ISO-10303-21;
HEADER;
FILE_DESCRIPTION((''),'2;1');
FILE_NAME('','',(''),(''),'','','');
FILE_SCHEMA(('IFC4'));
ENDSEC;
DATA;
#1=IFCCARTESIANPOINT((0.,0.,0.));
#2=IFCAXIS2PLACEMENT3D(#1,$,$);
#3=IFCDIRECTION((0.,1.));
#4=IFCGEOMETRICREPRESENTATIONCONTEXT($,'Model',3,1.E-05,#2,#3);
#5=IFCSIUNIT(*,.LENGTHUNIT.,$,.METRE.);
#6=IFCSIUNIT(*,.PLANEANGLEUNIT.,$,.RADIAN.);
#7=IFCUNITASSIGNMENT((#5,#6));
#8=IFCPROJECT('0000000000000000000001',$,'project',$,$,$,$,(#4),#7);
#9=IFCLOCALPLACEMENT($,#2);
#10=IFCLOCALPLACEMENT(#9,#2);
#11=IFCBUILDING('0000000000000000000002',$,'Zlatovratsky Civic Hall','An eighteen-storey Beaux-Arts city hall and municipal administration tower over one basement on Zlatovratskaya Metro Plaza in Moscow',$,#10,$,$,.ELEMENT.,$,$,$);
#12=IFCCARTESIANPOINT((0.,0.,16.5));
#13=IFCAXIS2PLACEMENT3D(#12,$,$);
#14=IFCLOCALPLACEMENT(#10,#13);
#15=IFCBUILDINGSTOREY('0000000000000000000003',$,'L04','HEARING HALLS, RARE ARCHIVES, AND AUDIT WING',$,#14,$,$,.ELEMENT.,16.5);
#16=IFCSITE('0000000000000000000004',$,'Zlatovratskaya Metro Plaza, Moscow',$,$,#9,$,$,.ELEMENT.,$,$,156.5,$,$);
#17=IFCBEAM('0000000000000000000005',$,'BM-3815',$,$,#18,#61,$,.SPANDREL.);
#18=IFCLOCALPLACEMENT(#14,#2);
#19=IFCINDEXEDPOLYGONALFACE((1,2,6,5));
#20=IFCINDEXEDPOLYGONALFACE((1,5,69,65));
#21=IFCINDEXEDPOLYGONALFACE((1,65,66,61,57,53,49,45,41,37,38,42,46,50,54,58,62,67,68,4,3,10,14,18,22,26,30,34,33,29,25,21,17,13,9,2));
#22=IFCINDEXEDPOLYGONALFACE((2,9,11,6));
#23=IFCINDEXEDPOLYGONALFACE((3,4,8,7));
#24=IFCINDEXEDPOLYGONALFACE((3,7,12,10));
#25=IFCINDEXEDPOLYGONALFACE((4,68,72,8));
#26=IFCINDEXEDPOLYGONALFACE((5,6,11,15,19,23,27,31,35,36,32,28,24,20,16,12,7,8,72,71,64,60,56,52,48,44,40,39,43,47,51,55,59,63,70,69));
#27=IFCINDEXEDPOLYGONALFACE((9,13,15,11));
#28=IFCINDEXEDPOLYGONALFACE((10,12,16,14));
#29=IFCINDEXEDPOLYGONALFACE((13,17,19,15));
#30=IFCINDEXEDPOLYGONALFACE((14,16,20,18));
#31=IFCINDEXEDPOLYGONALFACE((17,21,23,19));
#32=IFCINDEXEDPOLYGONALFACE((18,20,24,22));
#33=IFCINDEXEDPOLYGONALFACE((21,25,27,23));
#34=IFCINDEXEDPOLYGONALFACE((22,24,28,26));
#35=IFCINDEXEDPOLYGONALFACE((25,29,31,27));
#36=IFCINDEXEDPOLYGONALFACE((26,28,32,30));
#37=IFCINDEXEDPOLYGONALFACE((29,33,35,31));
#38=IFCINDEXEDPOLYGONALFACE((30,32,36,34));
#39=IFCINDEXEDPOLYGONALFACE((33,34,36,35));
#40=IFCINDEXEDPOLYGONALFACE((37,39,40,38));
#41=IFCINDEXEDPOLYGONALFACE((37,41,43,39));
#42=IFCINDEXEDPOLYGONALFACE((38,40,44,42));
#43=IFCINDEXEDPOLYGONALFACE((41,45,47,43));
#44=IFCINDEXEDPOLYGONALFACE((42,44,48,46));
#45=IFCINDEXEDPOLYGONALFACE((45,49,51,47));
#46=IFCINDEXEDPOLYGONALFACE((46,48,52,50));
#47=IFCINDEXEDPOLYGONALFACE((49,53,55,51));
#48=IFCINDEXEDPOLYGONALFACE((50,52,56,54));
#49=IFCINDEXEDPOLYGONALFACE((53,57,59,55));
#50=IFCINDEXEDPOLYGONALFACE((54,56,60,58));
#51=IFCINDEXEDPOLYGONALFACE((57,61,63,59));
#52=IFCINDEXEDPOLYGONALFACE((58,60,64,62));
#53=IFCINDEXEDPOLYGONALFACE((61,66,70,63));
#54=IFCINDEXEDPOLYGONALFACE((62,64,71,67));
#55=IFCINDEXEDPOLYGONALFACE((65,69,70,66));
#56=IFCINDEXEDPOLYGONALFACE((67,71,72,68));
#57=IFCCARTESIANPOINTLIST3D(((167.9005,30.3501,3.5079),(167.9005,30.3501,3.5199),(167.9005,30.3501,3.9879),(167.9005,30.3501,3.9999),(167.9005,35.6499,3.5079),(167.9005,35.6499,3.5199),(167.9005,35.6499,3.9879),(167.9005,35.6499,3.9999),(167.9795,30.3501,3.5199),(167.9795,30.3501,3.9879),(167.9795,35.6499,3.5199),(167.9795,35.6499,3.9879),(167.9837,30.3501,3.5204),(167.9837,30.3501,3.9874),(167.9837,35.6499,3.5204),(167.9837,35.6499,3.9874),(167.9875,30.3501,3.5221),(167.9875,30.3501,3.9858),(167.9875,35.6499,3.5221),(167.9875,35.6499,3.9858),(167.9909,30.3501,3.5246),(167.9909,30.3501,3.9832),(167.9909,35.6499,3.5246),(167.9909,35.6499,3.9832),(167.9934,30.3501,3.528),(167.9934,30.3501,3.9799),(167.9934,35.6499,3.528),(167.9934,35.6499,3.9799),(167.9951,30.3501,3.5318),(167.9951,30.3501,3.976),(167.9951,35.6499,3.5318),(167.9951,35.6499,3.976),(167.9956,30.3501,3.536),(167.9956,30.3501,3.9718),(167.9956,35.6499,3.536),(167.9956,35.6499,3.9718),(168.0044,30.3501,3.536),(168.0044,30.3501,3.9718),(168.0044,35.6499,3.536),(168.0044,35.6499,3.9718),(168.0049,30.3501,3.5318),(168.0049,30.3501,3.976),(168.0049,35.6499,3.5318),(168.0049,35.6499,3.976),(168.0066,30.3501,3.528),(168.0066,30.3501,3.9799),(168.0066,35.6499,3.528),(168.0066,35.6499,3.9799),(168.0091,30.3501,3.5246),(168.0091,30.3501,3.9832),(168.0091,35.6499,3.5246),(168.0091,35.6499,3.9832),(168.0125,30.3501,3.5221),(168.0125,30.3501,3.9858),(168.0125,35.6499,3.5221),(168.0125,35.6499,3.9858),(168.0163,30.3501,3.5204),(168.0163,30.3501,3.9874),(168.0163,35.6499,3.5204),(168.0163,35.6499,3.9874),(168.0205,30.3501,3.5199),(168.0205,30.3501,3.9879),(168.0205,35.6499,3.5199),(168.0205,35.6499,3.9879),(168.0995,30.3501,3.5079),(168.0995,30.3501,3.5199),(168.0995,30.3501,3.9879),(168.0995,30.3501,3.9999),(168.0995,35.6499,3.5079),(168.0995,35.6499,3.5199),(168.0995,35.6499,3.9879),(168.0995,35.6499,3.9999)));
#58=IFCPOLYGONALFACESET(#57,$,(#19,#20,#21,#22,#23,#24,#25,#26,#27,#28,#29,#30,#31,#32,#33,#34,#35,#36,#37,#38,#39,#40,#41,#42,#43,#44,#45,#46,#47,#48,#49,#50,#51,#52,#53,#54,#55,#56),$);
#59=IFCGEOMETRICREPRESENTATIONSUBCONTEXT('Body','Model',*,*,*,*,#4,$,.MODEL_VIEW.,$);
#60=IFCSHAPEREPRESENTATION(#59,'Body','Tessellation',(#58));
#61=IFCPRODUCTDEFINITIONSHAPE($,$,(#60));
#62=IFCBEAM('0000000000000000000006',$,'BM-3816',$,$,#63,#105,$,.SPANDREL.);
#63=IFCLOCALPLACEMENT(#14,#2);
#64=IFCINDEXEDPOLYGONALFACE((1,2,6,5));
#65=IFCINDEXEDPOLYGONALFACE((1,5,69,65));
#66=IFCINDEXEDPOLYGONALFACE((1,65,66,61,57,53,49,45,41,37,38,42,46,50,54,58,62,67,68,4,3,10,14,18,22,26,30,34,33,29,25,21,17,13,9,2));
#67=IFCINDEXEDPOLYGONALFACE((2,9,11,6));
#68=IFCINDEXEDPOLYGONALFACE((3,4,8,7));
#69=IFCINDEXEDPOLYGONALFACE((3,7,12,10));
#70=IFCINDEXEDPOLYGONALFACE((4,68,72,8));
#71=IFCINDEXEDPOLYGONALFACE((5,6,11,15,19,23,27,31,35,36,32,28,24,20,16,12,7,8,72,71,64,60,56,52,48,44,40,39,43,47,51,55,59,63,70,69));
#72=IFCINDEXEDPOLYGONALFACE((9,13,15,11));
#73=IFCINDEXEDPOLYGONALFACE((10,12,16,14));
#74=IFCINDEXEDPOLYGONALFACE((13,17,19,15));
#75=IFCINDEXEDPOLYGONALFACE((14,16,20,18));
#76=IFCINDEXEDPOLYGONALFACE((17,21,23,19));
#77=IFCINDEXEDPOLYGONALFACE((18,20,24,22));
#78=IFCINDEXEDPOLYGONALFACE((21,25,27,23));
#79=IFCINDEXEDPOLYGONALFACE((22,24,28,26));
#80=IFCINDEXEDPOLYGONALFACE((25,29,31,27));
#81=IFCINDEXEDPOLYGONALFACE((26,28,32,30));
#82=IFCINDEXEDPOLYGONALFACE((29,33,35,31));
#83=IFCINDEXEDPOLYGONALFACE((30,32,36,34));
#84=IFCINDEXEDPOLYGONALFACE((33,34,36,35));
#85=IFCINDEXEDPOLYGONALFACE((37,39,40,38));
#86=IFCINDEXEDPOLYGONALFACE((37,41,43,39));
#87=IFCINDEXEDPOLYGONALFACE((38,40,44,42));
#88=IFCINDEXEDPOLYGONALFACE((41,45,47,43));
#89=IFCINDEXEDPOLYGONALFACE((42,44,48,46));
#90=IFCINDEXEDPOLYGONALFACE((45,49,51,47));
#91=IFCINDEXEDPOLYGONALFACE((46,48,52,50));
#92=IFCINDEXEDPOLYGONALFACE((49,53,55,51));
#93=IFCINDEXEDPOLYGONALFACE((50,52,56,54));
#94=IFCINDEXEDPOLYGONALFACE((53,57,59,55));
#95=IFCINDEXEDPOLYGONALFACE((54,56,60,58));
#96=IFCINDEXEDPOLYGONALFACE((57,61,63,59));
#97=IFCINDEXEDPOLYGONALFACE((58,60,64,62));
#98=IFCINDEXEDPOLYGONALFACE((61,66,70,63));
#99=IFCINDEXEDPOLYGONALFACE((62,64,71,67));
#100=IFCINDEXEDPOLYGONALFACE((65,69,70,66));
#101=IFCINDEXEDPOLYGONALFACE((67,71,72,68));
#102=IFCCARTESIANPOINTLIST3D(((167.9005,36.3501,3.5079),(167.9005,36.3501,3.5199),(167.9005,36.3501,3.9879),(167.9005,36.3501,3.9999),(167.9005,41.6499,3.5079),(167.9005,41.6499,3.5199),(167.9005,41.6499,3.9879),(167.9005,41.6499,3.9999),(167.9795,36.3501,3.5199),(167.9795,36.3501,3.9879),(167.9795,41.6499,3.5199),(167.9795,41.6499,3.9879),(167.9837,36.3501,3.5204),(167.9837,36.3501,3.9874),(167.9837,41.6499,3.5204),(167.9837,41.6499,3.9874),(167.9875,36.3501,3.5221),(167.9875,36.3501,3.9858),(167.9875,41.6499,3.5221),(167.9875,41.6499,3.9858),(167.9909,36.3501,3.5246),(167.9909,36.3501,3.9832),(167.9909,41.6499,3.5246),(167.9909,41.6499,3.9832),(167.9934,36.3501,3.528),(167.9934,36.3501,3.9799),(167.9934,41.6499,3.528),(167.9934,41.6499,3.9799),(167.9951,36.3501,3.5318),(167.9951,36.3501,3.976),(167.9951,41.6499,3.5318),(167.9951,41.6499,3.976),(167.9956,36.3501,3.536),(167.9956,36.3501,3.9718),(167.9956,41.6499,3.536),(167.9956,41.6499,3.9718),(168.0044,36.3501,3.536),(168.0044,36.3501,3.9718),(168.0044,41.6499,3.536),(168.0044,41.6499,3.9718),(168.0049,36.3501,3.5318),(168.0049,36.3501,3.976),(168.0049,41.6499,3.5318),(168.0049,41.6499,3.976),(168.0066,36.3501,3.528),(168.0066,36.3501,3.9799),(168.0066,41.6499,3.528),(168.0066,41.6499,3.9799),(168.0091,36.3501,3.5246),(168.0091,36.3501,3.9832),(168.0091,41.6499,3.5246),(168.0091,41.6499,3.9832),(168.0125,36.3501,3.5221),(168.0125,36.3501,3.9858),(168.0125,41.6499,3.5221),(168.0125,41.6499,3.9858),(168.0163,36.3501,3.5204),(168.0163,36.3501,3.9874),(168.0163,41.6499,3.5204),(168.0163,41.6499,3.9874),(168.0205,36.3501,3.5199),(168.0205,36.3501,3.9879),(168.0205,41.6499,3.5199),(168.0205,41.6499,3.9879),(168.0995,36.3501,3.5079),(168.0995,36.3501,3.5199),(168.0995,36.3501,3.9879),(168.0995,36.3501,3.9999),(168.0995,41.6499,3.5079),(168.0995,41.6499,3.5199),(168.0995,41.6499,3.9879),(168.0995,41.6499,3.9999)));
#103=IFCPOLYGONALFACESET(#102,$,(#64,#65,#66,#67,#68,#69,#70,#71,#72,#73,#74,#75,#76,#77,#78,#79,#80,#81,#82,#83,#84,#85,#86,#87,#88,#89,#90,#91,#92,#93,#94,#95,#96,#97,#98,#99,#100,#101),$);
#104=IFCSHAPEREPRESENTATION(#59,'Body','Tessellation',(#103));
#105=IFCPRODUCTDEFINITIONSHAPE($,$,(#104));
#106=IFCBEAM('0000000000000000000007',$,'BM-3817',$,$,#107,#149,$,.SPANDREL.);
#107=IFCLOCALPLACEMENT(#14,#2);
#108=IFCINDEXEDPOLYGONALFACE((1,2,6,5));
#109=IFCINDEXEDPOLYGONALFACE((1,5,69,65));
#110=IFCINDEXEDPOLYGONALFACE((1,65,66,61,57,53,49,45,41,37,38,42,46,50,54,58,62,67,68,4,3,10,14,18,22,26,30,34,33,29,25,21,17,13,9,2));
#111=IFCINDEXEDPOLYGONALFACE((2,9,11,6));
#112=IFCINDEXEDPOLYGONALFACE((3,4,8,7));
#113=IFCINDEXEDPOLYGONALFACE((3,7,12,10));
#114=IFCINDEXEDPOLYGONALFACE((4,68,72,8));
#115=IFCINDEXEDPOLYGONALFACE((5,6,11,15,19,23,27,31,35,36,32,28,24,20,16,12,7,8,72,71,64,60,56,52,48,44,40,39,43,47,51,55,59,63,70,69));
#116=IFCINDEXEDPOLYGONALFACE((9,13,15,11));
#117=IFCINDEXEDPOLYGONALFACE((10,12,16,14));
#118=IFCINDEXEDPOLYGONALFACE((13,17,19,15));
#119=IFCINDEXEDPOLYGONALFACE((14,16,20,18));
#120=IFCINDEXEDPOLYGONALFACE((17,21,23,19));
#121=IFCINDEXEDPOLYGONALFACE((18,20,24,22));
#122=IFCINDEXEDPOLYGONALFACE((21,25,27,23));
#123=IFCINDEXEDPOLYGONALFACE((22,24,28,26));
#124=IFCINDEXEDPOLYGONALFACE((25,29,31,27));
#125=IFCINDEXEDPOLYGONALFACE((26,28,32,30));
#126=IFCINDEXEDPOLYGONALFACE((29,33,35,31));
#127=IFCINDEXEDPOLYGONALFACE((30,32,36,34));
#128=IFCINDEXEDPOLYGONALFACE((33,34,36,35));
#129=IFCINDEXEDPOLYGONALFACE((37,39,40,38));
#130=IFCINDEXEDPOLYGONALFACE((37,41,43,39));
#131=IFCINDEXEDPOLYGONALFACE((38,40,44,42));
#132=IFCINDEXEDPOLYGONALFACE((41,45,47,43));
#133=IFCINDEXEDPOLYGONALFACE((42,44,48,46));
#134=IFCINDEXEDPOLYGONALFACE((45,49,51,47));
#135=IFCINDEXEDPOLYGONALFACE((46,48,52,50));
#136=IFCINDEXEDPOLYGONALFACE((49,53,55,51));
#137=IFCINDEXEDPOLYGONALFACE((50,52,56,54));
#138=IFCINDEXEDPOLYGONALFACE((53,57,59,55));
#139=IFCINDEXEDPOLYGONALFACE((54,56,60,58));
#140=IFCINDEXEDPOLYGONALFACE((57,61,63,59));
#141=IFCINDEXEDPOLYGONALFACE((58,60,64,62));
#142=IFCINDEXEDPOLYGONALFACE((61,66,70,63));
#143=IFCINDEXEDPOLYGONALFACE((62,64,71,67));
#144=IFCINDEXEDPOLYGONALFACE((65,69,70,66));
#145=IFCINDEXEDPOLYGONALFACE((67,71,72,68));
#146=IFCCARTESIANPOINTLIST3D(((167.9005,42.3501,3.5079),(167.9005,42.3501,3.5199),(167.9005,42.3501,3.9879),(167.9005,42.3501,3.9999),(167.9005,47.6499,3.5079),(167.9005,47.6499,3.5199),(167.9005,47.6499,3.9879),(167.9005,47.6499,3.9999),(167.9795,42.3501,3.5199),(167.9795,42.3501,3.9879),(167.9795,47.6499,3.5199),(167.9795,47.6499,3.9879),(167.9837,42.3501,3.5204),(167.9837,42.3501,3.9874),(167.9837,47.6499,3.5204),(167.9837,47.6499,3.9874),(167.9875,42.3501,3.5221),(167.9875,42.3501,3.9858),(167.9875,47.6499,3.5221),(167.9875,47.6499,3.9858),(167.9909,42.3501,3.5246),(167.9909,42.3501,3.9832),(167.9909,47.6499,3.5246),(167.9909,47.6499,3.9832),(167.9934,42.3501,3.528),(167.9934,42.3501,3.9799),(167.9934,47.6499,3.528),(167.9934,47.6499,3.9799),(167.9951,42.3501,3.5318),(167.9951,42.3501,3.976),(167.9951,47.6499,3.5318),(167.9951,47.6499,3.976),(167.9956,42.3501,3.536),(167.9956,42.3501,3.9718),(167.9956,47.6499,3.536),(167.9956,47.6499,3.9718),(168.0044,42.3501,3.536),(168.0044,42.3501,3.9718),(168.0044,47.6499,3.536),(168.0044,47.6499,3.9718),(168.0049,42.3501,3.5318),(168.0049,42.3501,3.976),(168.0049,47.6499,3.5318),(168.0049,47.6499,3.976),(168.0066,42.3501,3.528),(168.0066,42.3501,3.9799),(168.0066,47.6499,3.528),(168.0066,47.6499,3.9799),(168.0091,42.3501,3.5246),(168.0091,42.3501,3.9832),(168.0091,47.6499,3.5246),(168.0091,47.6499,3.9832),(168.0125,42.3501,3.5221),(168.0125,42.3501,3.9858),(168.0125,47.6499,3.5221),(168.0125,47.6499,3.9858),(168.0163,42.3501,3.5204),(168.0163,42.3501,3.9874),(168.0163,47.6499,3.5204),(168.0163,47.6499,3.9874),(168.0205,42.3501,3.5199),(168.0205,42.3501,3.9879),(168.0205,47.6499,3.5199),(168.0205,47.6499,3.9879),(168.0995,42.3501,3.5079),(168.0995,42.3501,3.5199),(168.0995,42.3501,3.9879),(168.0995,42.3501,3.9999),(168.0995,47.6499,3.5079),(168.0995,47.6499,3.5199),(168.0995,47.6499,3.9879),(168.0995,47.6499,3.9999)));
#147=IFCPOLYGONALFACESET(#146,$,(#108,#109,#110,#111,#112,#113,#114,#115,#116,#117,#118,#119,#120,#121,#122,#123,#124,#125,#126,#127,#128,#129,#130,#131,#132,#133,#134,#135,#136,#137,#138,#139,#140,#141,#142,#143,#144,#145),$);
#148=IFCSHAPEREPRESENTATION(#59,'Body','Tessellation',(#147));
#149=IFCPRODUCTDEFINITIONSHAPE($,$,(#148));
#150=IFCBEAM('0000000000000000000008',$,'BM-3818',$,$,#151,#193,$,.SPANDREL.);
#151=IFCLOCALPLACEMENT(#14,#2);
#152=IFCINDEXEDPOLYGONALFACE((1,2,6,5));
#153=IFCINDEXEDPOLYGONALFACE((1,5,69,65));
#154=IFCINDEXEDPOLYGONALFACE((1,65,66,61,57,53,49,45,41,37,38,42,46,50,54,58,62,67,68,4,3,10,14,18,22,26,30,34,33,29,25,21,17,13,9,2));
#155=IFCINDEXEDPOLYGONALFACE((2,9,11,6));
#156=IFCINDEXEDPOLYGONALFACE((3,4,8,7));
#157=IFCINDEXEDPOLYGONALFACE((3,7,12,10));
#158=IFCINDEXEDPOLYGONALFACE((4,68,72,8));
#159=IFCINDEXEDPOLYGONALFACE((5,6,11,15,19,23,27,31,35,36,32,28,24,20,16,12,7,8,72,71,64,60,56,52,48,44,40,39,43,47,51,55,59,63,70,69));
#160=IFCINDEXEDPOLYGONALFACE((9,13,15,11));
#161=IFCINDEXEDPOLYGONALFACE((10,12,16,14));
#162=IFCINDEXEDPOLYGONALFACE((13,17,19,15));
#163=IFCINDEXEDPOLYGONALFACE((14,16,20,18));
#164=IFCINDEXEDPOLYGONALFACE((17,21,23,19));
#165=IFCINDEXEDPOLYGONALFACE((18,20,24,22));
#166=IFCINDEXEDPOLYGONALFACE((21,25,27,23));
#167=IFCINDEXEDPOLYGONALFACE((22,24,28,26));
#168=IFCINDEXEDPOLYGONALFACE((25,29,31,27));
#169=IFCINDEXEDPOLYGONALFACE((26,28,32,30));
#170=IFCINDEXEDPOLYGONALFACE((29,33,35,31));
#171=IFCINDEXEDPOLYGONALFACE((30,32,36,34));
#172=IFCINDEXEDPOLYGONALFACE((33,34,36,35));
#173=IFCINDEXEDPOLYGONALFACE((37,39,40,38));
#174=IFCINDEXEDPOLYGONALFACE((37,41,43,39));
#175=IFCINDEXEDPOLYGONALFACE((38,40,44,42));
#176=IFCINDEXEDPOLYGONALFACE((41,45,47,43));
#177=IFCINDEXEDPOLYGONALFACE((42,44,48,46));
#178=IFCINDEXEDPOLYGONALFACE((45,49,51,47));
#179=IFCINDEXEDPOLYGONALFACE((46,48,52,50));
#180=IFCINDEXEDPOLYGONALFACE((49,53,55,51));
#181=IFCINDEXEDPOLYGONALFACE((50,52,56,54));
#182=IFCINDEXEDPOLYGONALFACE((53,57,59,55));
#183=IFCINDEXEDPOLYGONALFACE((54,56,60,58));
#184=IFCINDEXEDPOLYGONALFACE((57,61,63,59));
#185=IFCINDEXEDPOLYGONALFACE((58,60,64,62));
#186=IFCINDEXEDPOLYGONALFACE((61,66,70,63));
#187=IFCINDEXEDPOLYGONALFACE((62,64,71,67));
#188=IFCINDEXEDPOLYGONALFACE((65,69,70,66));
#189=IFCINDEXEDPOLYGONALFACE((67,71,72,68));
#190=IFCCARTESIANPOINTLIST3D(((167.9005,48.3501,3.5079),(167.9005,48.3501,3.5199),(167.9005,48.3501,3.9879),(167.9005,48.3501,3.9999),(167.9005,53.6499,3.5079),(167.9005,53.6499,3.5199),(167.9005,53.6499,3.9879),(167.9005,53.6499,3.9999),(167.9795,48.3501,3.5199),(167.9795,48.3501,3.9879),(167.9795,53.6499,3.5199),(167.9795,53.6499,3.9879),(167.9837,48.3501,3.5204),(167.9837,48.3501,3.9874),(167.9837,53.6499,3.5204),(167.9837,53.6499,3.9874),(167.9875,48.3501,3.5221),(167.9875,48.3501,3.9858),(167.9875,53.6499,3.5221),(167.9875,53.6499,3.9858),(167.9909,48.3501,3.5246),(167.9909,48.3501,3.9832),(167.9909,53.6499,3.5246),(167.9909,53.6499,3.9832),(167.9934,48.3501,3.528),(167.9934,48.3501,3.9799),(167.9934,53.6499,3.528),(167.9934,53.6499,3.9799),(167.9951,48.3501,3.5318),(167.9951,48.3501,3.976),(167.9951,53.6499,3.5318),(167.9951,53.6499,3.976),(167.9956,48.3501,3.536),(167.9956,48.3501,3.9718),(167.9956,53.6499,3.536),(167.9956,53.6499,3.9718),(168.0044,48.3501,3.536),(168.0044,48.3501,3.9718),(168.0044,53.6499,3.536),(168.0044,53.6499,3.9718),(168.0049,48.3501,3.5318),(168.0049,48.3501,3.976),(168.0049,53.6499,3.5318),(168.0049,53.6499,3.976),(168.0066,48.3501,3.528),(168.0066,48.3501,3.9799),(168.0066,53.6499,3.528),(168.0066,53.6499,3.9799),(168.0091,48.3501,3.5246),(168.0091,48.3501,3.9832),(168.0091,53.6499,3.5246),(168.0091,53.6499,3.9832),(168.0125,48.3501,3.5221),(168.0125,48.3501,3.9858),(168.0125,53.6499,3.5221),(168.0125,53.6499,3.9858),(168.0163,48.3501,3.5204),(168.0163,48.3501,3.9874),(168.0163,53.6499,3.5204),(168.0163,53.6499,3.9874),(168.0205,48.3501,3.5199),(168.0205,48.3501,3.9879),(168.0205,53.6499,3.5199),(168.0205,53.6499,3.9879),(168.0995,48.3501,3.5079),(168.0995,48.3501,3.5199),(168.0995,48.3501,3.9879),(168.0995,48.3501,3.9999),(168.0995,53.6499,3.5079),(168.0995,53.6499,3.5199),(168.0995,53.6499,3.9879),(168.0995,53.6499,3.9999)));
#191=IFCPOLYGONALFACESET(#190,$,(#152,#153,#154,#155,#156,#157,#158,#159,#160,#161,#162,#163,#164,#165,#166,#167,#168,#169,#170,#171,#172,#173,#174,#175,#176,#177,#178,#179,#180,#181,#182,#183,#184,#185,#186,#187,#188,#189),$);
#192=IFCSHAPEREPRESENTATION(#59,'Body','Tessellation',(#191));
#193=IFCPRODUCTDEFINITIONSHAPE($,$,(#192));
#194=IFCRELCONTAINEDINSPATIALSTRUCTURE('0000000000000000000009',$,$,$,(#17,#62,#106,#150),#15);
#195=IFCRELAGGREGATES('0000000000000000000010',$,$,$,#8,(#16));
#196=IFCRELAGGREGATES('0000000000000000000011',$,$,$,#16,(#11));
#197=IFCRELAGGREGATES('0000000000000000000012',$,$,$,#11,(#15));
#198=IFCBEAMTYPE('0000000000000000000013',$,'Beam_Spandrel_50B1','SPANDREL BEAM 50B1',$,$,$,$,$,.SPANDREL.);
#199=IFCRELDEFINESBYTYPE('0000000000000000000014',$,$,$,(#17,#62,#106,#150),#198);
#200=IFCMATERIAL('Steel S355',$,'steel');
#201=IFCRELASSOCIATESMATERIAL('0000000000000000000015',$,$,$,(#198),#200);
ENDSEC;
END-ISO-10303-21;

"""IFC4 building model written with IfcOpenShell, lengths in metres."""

from ifc_helpers import new_model, si_unit, direction, frame, origin, origin_2d, place, context, subcontext, project, spatial, i_section, extrude, material, material_profile, profile_set, type_object, element, save


model = new_model("IFC4")

# Units and contexts
model_context = context("Model", 3, precision=1e-05, world=origin(), true_north=direction((0.0, 1.0)))
body_context = subcontext(model_context, "Body", "Model", "MODEL_VIEW")
ifc_project = project(units=[si_unit("LENGTHUNIT", "METRE"), si_unit("PLANEANGLEUNIT", "RADIAN")], contexts=[model_context])

# Site, building, storey
site_placement = place(None, origin())
site = spatial("IfcSite", under=ifc_project, at=site_placement, Name="Zlatovratskaya Metro Plaza, Moscow", CompositionType="ELEMENT", RefElevation=156.5)
building_placement = place(site_placement, origin())
building = spatial("IfcBuilding", under=site, at=building_placement, Name="Zlatovratsky Civic Hall", Description="An eighteen-storey Beaux-Arts city hall and municipal administration tower over one basement on Zlatovratskaya Metro Plaza in Moscow", CompositionType="ELEMENT")
storey_placement = place(building_placement, frame((0.0, 0.0, 16.5)))
storey = spatial("IfcBuildingStorey", under=building, at=storey_placement, Name="L04", Description="HEARING HALLS, RARE ARCHIVES, AND AUDIT WING", CompositionType="ELEMENT", Elevation=16.5)

# Shared definitions
ifc_material_1 = material(Name="Steel S355", Category="steel")

# Beams
ifc_material_profile_1 = material_profile(ifc_material_1, i_section(OverallWidth=0.199, OverallDepth=0.4919, WebThickness=0.0088, FlangeThickness=0.012, FilletRadius=0.0161, at=origin_2d()), Name="50B1")
ifc_profile_set_1 = profile_set([ifc_material_profile_1], Name="Steel S355")
beam_type_1 = type_object("IfcBeamType", Name="Beam_Spandrel_50B1", Description="SPANDREL BEAM 50B1", PredefinedType="SPANDREL", material=ifc_profile_set_1)
for number, where, z_axis, x_axis, name in (
    (1, (168.0, 30.3501, 3.7539), (0.0, 1.0, 0.0), (-1.0, 0.0, 0.0), "BM-3815"),
    (2, (168.0, 36.3501, 3.7539), (0.0, 1.0, 0.0), (-1.0, 0.0, 0.0), "BM-3816"),
    (3, (168.0, 42.3501, 3.7539), (0.0, 1.0, 0.0), (-1.0, 0.0, 0.0), "BM-3817"),
    (4, (168.0, 48.3501, 3.7539), (0.0, 1.0, 0.0), (-1.0, 0.0, 0.0), "BM-3818"),
):
    element("IfcBeam", number, at=place(storey_placement, frame(where, z_axis=z_axis, x_axis=x_axis)), inside=storey, type_object=beam_type_1, Name=name, PredefinedType="SPANDREL", context=body_context, shape_type="SweptSolid", body=[
        extrude(i_section(OverallWidth=0.199, OverallDepth=0.4919, WebThickness=0.0088, FlangeThickness=0.012, FilletRadius=0.0161, at=origin_2d()), origin(), (0.0, 0.0, 1.0), 5.2998),
    ])

save(model, "model.ifc")
